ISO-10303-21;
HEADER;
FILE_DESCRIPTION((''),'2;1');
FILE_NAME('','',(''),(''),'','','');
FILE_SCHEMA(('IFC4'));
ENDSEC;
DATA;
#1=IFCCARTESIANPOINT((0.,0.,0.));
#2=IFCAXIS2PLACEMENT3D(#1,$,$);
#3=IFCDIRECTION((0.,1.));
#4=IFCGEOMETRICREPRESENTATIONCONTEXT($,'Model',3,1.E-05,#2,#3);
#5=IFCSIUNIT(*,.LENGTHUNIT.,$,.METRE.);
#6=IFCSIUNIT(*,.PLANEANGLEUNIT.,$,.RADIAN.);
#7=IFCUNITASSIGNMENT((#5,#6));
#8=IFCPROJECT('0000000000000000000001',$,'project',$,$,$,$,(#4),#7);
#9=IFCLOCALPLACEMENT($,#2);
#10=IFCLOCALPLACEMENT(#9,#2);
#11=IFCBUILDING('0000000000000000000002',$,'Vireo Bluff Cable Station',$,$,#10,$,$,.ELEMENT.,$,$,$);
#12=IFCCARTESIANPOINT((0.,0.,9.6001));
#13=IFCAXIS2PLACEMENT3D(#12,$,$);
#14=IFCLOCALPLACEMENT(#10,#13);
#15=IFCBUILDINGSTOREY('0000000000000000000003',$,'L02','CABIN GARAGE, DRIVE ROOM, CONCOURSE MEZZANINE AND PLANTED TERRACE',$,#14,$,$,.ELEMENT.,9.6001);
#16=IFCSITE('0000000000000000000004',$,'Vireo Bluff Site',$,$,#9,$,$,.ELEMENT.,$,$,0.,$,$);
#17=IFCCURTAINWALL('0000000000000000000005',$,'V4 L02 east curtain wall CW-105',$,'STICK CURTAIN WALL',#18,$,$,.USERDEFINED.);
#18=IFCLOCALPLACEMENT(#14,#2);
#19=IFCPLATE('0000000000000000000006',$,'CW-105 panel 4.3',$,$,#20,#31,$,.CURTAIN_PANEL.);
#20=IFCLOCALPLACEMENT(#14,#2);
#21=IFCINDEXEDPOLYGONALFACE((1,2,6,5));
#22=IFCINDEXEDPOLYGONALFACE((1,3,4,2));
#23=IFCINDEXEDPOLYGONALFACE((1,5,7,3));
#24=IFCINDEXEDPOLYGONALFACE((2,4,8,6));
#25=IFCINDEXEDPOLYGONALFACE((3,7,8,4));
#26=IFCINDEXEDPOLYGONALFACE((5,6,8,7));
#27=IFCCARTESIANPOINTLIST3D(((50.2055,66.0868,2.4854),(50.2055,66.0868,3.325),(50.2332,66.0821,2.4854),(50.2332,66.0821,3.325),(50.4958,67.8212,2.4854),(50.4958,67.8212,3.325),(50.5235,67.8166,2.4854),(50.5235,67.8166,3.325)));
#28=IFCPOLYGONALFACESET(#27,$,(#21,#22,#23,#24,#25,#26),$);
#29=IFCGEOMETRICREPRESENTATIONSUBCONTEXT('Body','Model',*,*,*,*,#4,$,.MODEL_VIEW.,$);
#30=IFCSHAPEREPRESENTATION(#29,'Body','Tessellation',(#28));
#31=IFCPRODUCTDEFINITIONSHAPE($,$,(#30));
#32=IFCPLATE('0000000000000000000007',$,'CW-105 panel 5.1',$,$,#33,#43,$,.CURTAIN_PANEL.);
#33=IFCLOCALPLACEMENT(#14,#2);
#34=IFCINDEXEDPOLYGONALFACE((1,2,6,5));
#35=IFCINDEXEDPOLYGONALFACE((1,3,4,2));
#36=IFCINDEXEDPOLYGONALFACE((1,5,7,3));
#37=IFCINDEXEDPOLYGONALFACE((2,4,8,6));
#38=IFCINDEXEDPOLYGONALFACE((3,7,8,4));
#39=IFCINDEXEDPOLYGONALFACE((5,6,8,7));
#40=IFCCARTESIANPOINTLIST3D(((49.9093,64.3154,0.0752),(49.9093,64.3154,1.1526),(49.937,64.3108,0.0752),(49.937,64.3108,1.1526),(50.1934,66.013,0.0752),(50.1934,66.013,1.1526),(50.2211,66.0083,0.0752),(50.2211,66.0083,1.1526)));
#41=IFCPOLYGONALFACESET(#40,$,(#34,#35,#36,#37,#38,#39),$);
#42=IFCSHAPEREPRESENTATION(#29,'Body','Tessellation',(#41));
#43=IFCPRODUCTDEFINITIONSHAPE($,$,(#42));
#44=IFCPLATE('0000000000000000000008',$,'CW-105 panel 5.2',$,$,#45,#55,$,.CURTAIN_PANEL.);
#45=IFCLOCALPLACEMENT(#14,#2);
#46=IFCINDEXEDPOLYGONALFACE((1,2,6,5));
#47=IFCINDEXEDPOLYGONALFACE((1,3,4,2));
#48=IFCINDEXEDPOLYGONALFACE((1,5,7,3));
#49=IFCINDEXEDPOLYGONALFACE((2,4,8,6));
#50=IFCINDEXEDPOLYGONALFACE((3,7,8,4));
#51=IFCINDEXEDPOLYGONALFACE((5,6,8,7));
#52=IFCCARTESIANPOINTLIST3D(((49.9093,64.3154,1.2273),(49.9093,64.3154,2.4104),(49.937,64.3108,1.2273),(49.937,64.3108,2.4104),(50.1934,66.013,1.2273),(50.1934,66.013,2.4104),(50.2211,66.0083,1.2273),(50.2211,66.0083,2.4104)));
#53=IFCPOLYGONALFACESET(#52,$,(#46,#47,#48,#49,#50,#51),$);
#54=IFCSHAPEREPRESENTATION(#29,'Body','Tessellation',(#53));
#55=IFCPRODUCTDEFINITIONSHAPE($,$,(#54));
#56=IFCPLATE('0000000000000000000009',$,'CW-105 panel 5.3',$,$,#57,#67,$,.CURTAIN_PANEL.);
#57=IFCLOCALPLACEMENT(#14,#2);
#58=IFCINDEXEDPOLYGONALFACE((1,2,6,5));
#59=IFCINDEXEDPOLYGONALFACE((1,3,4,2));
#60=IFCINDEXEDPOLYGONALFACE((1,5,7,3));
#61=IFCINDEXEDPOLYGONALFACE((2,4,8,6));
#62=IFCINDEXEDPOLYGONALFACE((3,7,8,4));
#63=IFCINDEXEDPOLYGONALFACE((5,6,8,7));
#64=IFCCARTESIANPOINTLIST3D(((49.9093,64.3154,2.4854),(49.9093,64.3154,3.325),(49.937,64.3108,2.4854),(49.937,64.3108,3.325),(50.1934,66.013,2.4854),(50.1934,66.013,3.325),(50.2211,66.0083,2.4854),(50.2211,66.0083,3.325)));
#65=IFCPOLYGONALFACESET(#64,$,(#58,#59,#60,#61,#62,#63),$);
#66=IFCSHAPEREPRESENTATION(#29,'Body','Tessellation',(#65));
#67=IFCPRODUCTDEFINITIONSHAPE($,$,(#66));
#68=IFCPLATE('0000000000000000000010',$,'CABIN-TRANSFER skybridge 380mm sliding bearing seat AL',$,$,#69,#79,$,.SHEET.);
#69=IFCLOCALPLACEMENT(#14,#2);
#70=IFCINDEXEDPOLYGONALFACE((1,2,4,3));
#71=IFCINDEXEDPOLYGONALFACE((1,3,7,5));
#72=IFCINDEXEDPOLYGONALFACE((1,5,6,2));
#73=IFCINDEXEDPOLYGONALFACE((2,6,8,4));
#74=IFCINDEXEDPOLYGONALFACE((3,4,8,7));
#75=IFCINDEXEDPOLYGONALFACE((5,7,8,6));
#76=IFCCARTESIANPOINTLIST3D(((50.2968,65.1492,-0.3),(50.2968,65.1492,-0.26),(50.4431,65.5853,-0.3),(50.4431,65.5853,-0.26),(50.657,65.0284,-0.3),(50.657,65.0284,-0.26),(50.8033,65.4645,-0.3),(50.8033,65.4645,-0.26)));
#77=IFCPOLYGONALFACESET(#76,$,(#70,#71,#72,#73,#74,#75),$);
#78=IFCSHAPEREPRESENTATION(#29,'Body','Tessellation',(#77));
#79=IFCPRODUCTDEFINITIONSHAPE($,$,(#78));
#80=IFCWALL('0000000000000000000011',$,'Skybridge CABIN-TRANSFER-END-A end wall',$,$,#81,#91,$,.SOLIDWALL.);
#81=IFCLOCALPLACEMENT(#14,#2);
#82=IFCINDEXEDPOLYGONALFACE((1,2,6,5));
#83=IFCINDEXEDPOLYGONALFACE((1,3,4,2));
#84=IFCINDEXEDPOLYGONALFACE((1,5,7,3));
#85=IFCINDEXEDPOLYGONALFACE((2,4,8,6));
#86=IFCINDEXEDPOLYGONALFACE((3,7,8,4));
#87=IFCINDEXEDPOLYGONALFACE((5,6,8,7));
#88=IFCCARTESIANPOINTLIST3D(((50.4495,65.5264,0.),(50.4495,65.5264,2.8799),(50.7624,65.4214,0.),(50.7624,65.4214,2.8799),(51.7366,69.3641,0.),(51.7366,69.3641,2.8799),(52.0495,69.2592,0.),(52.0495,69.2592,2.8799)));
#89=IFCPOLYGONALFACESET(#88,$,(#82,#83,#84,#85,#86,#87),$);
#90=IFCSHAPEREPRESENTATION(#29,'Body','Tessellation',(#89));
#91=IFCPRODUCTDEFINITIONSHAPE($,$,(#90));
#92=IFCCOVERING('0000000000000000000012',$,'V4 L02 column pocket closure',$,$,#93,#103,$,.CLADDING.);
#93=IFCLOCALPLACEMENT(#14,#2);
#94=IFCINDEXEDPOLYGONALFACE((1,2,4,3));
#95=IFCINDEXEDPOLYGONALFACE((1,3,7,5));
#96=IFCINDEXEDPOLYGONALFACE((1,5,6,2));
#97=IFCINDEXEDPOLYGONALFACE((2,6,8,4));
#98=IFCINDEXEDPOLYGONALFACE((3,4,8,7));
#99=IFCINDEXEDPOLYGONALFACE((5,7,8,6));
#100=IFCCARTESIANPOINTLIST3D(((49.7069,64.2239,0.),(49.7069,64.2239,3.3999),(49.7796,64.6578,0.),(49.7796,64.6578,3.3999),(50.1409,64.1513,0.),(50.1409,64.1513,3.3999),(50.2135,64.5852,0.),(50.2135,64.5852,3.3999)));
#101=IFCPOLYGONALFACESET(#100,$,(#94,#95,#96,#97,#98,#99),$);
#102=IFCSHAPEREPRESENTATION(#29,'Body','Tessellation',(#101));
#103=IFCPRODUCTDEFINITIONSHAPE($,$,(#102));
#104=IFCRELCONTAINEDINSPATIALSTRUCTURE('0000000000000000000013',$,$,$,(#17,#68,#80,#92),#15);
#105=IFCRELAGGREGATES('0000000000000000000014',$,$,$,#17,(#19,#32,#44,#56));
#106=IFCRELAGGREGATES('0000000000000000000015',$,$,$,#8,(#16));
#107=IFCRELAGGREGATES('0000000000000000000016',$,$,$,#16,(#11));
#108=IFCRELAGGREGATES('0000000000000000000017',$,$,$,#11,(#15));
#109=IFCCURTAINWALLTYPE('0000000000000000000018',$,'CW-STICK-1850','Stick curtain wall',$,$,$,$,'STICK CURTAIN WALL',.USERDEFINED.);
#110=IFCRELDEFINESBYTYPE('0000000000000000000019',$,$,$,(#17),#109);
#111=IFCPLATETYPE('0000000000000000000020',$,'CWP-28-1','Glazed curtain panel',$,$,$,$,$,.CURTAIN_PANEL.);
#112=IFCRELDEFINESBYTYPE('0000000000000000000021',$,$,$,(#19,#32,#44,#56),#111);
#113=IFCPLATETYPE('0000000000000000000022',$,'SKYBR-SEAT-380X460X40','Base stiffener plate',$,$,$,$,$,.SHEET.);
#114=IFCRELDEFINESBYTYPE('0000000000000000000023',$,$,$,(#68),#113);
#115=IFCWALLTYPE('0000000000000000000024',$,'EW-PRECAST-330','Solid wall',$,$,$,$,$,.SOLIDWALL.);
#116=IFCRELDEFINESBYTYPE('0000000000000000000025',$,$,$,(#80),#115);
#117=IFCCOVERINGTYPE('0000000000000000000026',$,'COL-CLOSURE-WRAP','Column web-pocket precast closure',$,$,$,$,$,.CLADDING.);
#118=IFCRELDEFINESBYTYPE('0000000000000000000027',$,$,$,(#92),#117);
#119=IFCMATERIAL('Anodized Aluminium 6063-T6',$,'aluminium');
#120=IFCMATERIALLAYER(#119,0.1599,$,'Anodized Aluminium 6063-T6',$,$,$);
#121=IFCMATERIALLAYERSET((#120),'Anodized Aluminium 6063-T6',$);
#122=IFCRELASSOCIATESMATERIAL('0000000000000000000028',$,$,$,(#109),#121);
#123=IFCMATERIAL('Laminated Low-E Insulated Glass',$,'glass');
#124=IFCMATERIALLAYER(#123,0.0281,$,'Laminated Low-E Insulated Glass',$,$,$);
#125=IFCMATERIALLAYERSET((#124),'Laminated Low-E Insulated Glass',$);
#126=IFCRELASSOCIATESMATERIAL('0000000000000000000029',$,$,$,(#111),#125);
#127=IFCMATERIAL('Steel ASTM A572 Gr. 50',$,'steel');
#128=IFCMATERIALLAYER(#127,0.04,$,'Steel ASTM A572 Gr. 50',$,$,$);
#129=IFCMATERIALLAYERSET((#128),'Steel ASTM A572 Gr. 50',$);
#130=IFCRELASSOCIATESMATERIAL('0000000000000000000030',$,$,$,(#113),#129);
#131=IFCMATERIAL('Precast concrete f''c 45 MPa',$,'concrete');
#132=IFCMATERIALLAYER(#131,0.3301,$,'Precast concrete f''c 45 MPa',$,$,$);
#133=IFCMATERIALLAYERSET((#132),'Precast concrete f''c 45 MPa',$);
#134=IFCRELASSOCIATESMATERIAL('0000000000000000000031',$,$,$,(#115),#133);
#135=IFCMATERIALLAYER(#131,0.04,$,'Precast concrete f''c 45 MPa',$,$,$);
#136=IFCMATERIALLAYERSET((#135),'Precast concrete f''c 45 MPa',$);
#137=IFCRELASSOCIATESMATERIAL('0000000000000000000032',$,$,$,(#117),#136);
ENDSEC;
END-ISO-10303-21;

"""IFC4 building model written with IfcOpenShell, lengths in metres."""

from ifc_helpers import new_model, si_unit, direction, frame, frame_2d, origin, origin_2d, place, context, subcontext, project, spatial, rectangle, extrude, material, layer, layer_set, type_object, element, aggregate, save


model = new_model("IFC4")

# Units and contexts
model_context = context("Model", 3, precision=1e-05, world=origin(), true_north=direction((0.0, 1.0)))
body_context = subcontext(model_context, "Body", "Model", "MODEL_VIEW")
ifc_project = project(units=[si_unit("LENGTHUNIT", "METRE"), si_unit("PLANEANGLEUNIT", "RADIAN")], contexts=[model_context])

# Site, building, storey
site_placement = place(None, origin())
site = spatial("IfcSite", under=ifc_project, at=site_placement, Name="Vireo Bluff Site", CompositionType="ELEMENT", RefElevation=0.0)
building_placement = place(site_placement, origin())
building = spatial("IfcBuilding", under=site, at=building_placement, Name="Vireo Bluff Cable Station", CompositionType="ELEMENT")
storey_placement = place(building_placement, frame((0.0, 0.0, 9.6001)))
storey = spatial("IfcBuildingStorey", under=building, at=storey_placement, Name="L02", Description="CABIN GARAGE, DRIVE ROOM, CONCOURSE MEZZANINE AND PLANTED TERRACE", CompositionType="ELEMENT", Elevation=9.6001)

# Curtain wall
ifc_material_1 = material(Name="Anodized Aluminium 6063-T6", Category="aluminium")
ifc_layer_1 = layer(ifc_material_1, 0.1599, Name="Anodized Aluminium 6063-T6")
ifc_layer_set_1 = layer_set([ifc_layer_1], Name="Anodized Aluminium 6063-T6")
curtain_wall_type = type_object("IfcCurtainWallType", Name="CW-STICK-1850", Description="Stick curtain wall", ElementType="STICK CURTAIN WALL", PredefinedType="USERDEFINED", material=ifc_layer_set_1)
curtain_wall_placement = place(storey_placement, origin())
curtain_wall = element("IfcCurtainWall", 1, at=curtain_wall_placement, inside=storey, type_object=curtain_wall_type, Name="V4 L02 east curtain wall CW-105", ObjectType="STICK CURTAIN WALL", PredefinedType="USERDEFINED")

# Plates
ifc_material_2 = material(Name="Laminated Low-E Insulated Glass", Category="glass")
ifc_layer_2 = layer(ifc_material_2, 0.0281, Name="Laminated Low-E Insulated Glass")
ifc_layer_set_2 = layer_set([ifc_layer_2], Name="Laminated Low-E Insulated Glass")
plate_type_1 = type_object("IfcPlateType", Name="CWP-28-1", Description="Glazed curtain panel", PredefinedType="CURTAIN_PANEL", material=ifc_layer_set_2)
plate_1_placement = place(storey_placement, frame((50.3645, 66.9517, 2.4854), z_axis=(0.0, 0.0, 1.0), x_axis=(-0.165048, -0.986286, 0.0)))
plate_1 = element("IfcPlate", 2, at=plate_1_placement, type_object=plate_type_1, Name="CW-105 panel 4.3", PredefinedType="CURTAIN_PANEL", context=body_context, shape_type="SweptSolid", body=[
    extrude(rectangle(XDim=1.7585, YDim=0.0281, at=origin_2d()), origin(), (0.0, 0.0, 1.0), 0.8396),
])
plate_2_placement = place(storey_placement, frame((50.0652, 65.1619, 0.0752), z_axis=(0.0, 0.0, 1.0), x_axis=(-0.165048, -0.986286, 0.0)))
plate_2 = element("IfcPlate", 3, at=plate_2_placement, type_object=plate_type_1, Name="CW-105 panel 5.1", PredefinedType="CURTAIN_PANEL", context=body_context, shape_type="SweptSolid", body=[
    extrude(rectangle(XDim=1.7212, YDim=0.0281, at=origin_2d()), origin(), (0.0, 0.0, 1.0), 1.0774),
])
plate_3_placement = place(storey_placement, frame((50.0652, 65.1619, 1.2273), z_axis=(0.0, 0.0, 1.0), x_axis=(-0.165048, -0.986286, 0.0)))
plate_3 = element("IfcPlate", 4, at=plate_3_placement, type_object=plate_type_1, Name="CW-105 panel 5.2", PredefinedType="CURTAIN_PANEL", context=body_context, shape_type="SweptSolid", body=[
    extrude(rectangle(XDim=1.7212, YDim=0.0281, at=origin_2d()), origin(), (0.0, 0.0, 1.0), 1.1831),
])
plate_4_placement = place(storey_placement, frame((50.0652, 65.1619, 2.4854), z_axis=(0.0, 0.0, 1.0), x_axis=(-0.165048, -0.986286, 0.0)))
plate_4 = element("IfcPlate", 5, at=plate_4_placement, type_object=plate_type_1, Name="CW-105 panel 5.3", PredefinedType="CURTAIN_PANEL", context=body_context, shape_type="SweptSolid", body=[
    extrude(rectangle(XDim=1.7212, YDim=0.0281, at=origin_2d()), origin(), (0.0, 0.0, 1.0), 0.8396),
])
aggregate(curtain_wall, [plate_1, plate_2, plate_3, plate_4])
ifc_material_3 = material(Name="Steel ASTM A572 Gr. 50", Category="steel")
ifc_layer_3 = layer(ifc_material_3, 0.04, Name="Steel ASTM A572 Gr. 50")
ifc_layer_set_3 = layer_set([ifc_layer_3], Name="Steel ASTM A572 Gr. 50")
plate_type_2 = type_object("IfcPlateType", Name="SKYBR-SEAT-380X460X40", Description="Base stiffener plate", PredefinedType="SHEET", material=ifc_layer_set_3)
plate_5_placement = place(storey_placement, frame((50.55, 65.3069, -0.3), z_axis=(0.0, 0.0, 1.0), x_axis=(0.948105, -0.317958, 0.0)))
element("IfcPlate", 6, at=plate_5_placement, inside=storey, type_object=plate_type_2, Name="CABIN-TRANSFER skybridge 380mm sliding bearing seat AL", PredefinedType="SHEET", context=body_context, shape_type="SweptSolid", body=[
    extrude(rectangle(XDim=0.3799, YDim=0.46, at=origin_2d()), origin(), (0.0, 0.0, 1.0), 0.04),
])

# Wall
ifc_material_4 = material(Name="Precast concrete f'c 45 MPa", Category="concrete")
ifc_layer_4 = layer(ifc_material_4, 0.3301, Name="Precast concrete f'c 45 MPa")
ifc_layer_set_4 = layer_set([ifc_layer_4], Name="Precast concrete f'c 45 MPa")
wall_type = type_object("IfcWallType", Name="EW-PRECAST-330", Description="Solid wall", PredefinedType="SOLIDWALL", material=ifc_layer_set_4)
wall_placement = place(storey_placement, frame((50.606, 65.4739, 0.0), z_axis=(0.0, 0.0, 1.0), x_axis=(0.317964, 0.948103, 0.0)))
element("IfcWall", 7, at=wall_placement, inside=storey, type_object=wall_type, Name="Skybridge CABIN-TRANSFER-END-A end wall", PredefinedType="SOLIDWALL", context=body_context, shape_type="SweptSolid", body=[
    extrude(rectangle(XDim=4.0479, YDim=0.3301, at=frame_2d((2.0239, 0.0))), origin(), (0.0, 0.0, 1.0), 2.8799),
])

# Covering
ifc_layer_5 = layer(ifc_material_4, 0.04, Name="Precast concrete f'c 45 MPa")
ifc_layer_set_5 = layer_set([ifc_layer_5], Name="Precast concrete f'c 45 MPa")
covering_type = type_object("IfcCoveringType", Name="COL-CLOSURE-WRAP", Description="Column web-pocket precast closure", PredefinedType="CLADDING", material=ifc_layer_set_5)
covering_placement = place(storey_placement, frame((49.9602, 64.4045, 0.0), z_axis=(0.0, 0.0, 1.0), x_axis=(0.986286, -0.165048, 0.0)))
element("IfcCovering", 8, at=covering_placement, inside=storey, type_object=covering_type, Name="V4 L02 column pocket closure", PredefinedType="CLADDING", context=body_context, shape_type="SweptSolid", body=[
    extrude(rectangle(XDim=0.4399, YDim=0.4399, at=origin_2d()), origin(), (0.0, 0.0, 1.0), 3.3999),
])

save(model, "model.ifc")
